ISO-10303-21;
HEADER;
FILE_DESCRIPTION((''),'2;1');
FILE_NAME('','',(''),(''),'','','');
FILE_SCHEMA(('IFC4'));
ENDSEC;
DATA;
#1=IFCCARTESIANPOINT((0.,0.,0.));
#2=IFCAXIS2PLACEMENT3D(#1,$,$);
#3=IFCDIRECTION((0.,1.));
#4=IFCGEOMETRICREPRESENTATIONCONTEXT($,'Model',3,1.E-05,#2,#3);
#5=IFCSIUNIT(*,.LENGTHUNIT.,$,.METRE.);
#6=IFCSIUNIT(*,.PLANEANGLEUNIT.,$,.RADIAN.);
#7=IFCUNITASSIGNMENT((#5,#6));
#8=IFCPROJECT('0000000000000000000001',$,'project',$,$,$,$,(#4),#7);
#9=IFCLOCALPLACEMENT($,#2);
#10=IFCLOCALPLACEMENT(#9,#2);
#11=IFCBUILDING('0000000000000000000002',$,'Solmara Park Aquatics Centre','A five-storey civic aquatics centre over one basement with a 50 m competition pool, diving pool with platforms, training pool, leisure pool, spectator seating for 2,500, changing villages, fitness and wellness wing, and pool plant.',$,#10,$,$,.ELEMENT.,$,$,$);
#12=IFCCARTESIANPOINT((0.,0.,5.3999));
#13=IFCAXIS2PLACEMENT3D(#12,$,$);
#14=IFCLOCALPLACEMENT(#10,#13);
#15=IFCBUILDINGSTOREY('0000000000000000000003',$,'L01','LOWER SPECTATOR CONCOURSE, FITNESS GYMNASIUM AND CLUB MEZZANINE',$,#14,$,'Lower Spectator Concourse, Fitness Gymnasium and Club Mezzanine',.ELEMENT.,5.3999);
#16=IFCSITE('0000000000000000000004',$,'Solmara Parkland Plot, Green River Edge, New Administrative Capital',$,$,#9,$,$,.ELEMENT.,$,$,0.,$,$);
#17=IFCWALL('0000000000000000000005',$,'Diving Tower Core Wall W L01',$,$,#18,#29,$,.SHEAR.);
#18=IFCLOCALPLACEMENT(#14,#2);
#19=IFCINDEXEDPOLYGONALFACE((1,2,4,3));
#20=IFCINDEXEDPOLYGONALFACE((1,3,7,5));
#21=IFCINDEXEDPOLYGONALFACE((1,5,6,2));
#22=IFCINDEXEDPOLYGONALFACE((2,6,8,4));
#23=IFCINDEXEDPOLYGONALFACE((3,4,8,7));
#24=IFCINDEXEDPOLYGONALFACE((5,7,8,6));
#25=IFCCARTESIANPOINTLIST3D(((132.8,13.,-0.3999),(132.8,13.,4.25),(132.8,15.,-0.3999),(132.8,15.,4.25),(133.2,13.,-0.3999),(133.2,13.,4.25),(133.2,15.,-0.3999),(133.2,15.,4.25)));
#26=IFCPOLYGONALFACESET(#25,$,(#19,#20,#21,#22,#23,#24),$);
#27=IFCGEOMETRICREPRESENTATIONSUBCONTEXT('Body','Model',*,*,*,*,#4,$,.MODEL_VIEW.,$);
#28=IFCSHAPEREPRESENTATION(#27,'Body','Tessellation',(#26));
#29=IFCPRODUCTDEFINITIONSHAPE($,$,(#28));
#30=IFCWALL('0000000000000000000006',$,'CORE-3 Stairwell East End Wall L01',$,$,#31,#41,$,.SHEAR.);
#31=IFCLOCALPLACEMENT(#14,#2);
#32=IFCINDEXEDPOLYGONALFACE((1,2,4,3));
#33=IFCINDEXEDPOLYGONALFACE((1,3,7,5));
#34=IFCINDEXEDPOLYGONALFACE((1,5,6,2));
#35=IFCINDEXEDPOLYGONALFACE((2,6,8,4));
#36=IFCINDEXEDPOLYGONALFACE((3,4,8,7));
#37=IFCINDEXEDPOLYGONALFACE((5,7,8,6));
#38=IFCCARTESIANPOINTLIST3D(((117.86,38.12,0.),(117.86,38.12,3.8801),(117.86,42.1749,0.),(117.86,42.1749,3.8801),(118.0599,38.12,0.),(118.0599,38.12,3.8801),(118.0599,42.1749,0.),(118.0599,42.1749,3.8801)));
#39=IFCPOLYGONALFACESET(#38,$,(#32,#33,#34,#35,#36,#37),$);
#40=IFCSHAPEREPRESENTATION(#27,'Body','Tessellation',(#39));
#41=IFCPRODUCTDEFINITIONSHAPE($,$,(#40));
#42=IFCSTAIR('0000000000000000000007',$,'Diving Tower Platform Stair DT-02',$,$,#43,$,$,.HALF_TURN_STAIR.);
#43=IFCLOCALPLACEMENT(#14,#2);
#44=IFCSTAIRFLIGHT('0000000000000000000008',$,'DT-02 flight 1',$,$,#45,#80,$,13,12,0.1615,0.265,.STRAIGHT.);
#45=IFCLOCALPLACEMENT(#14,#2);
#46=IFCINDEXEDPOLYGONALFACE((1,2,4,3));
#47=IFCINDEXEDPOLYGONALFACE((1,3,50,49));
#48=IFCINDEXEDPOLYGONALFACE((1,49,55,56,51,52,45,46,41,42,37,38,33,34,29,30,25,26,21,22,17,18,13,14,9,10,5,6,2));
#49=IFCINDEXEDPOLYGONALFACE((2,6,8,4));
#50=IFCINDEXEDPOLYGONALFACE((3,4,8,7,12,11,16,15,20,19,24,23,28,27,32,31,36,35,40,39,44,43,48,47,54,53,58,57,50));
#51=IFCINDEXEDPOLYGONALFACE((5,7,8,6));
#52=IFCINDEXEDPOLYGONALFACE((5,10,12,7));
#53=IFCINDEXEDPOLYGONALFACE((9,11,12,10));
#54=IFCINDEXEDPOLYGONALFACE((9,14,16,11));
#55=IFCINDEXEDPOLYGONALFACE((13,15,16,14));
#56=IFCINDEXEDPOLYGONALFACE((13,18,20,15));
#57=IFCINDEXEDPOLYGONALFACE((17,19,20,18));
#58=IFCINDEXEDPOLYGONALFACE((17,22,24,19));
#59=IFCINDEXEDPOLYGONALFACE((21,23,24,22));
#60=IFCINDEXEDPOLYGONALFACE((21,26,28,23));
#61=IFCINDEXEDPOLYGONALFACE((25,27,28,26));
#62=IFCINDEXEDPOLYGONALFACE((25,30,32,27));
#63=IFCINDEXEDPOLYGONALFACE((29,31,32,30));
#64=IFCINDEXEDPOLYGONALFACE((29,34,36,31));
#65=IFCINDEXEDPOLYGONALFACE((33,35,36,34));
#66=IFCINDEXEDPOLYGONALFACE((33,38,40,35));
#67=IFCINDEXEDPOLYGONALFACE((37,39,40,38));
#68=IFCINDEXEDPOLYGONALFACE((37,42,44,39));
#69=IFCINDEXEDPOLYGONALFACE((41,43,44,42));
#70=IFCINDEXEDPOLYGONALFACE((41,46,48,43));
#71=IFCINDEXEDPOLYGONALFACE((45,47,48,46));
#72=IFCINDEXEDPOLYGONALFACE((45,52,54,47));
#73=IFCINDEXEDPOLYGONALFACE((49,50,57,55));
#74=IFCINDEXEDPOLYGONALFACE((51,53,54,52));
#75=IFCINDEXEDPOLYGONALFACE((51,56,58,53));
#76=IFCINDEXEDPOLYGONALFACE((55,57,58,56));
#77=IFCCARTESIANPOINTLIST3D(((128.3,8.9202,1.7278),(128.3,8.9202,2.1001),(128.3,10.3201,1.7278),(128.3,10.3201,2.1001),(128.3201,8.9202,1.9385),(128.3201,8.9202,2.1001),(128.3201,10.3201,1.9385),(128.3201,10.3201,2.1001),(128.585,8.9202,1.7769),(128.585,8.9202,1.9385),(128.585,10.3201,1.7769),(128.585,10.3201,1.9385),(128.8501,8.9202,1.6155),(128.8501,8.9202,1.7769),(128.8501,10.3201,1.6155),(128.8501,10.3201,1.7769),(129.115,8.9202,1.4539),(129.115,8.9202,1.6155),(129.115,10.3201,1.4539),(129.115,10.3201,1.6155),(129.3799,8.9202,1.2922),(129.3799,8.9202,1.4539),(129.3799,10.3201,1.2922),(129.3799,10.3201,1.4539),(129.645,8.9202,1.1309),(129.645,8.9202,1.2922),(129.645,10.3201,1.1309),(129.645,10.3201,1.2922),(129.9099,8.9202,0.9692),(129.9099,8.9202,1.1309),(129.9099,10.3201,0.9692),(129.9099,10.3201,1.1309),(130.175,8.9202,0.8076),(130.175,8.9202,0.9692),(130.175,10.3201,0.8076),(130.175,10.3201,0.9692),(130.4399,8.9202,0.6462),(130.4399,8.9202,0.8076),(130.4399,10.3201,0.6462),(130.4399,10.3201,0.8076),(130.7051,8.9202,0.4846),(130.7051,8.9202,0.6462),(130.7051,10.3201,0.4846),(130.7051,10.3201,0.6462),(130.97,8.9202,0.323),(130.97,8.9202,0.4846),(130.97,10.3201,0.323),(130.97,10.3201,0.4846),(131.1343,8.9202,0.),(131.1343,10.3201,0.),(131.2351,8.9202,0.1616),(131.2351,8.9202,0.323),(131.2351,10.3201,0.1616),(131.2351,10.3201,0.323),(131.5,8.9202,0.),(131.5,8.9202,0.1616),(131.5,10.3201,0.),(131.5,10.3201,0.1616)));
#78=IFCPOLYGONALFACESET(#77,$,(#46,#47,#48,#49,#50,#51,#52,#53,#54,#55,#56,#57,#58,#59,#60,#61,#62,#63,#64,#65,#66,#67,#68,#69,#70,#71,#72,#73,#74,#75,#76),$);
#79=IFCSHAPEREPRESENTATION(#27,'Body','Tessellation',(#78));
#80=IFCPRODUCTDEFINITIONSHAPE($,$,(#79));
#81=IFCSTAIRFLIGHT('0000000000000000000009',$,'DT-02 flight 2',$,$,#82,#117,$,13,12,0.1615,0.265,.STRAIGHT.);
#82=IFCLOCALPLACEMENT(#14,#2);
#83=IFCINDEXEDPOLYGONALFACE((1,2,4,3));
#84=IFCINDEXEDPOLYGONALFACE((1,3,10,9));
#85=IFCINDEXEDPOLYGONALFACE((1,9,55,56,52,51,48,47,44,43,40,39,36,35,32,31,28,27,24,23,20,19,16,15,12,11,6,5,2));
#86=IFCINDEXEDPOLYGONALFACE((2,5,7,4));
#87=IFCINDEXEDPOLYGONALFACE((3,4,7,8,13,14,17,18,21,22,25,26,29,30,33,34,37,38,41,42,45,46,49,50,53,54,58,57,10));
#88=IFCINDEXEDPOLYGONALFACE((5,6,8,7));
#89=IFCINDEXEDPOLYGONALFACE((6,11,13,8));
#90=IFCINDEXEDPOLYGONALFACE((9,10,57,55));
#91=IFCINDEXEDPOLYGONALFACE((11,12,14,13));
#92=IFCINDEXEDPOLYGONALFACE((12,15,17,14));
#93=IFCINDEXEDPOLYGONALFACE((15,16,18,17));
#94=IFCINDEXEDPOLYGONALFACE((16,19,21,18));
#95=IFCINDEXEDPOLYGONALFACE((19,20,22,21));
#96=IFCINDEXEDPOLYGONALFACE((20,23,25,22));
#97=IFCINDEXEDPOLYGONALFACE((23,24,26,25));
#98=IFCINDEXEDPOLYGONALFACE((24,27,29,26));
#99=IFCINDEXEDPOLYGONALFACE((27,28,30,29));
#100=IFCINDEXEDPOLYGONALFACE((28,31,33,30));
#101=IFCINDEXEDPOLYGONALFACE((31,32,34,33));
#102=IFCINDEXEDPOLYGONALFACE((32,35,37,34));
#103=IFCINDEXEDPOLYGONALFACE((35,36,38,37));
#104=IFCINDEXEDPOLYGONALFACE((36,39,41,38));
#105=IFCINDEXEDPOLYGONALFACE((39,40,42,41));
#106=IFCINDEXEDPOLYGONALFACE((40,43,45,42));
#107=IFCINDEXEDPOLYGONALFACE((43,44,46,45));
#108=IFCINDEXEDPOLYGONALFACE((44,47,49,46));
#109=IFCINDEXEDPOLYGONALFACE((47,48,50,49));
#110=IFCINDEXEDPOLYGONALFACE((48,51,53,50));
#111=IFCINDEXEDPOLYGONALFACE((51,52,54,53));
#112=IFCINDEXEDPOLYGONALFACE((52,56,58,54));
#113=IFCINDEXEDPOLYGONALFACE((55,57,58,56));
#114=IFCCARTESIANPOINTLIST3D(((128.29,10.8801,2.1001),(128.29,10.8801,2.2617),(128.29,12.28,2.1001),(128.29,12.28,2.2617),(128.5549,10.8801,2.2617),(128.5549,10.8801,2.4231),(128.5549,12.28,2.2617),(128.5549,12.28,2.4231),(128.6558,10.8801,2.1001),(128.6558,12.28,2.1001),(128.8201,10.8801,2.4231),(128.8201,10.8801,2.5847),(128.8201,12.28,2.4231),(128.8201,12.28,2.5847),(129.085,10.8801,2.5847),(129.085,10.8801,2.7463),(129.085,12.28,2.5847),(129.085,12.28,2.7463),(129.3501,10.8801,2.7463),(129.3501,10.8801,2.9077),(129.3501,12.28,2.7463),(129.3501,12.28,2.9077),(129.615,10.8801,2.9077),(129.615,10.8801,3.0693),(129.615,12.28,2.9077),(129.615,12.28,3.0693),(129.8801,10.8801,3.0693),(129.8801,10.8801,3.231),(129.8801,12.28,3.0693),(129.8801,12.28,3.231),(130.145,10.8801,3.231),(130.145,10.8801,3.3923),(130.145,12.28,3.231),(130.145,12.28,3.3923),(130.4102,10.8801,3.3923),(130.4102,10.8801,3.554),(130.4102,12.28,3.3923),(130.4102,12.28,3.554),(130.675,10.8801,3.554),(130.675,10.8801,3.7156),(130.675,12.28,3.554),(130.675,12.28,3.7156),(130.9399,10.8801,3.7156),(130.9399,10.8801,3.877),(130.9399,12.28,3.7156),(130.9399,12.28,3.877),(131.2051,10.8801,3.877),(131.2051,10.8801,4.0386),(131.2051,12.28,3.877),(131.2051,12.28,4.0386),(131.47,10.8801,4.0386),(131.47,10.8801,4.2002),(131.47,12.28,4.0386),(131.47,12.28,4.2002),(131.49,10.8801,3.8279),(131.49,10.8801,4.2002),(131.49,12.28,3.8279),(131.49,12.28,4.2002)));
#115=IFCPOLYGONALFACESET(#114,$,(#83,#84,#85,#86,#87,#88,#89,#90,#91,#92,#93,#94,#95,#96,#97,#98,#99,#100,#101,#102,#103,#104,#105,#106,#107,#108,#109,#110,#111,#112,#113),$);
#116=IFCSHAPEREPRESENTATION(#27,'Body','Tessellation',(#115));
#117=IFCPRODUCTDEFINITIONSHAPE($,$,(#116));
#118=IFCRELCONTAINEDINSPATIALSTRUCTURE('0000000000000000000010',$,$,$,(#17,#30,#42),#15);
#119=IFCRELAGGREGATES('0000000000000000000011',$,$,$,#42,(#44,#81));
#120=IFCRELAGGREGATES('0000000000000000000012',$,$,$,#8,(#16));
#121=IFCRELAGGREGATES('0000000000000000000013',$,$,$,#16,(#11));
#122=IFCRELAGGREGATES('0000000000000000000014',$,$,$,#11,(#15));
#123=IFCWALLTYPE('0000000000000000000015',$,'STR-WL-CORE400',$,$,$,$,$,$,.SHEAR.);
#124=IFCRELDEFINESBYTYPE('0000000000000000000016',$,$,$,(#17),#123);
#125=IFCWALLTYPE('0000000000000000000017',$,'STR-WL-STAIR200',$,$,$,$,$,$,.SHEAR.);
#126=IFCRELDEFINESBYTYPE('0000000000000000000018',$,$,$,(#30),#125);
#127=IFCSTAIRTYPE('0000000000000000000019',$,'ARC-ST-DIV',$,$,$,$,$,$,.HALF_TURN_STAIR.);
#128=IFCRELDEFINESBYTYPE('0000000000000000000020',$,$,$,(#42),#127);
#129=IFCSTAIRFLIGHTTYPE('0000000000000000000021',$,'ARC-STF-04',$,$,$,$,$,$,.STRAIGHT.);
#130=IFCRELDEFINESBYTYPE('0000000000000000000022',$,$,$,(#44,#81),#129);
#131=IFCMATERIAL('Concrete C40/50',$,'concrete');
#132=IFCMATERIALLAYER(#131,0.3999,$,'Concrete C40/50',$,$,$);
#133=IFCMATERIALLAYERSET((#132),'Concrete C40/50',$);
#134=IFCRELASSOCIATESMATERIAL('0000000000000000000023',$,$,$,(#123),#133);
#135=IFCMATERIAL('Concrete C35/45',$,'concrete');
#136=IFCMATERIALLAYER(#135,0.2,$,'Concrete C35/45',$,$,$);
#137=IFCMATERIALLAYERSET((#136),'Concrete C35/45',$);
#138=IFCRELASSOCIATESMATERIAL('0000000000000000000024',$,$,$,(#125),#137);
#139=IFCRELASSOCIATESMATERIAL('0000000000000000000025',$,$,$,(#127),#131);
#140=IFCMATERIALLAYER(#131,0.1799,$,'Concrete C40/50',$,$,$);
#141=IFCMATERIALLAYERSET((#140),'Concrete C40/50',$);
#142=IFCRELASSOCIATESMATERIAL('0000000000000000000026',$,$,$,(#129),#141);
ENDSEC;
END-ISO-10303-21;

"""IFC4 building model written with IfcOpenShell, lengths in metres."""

from ifc_helpers import new_model, si_unit, direction, frame, frame_2d, origin, place, context, subcontext, project, spatial, polyline, rectangle, outline, extrude, material, layer, layer_set, type_object, element, aggregate, save


model = new_model("IFC4")

# Units and contexts
model_context = context("Model", 3, precision=1e-05, world=origin(), true_north=direction((0.0, 1.0)))
body_context = subcontext(model_context, "Body", "Model", "MODEL_VIEW")
ifc_project = project(units=[si_unit("LENGTHUNIT", "METRE"), si_unit("PLANEANGLEUNIT", "RADIAN")], contexts=[model_context])

# Site, building, storey
site_placement = place(None, origin())
site = spatial("IfcSite", under=ifc_project, at=site_placement, Name="Solmara Parkland Plot, Green River Edge, New Administrative Capital", CompositionType="ELEMENT", RefElevation=0.0)
building_placement = place(site_placement, origin())
building = spatial("IfcBuilding", under=site, at=building_placement, Name="Solmara Park Aquatics Centre", Description="A five-storey civic aquatics centre over one basement with a 50 m competition pool, diving pool with platforms, training pool, leisure pool, spectator seating for 2,500, changing villages, fitness and wellness wing, and pool plant.", CompositionType="ELEMENT")
storey_placement = place(building_placement, frame((0.0, 0.0, 5.3999)))
storey = spatial("IfcBuildingStorey", under=building, at=storey_placement, Name="L01", Description="LOWER SPECTATOR CONCOURSE, FITNESS GYMNASIUM AND CLUB MEZZANINE", LongName="Lower Spectator Concourse, Fitness Gymnasium and Club Mezzanine", CompositionType="ELEMENT", Elevation=5.3999)

# Shared definitions
ifc_material_1 = material(Name="Concrete C40/50", Category="concrete")

# Walls
ifc_layer_1 = layer(ifc_material_1, 0.3999, Name="Concrete C40/50")
ifc_layer_set_1 = layer_set([ifc_layer_1], Name="Concrete C40/50")
wall_type_1 = type_object("IfcWallType", Name="STR-WL-CORE400", PredefinedType="SHEAR", material=ifc_layer_set_1)
wall_1_placement = place(storey_placement, frame((133.0, 13.0, -0.3999), z_axis=(0.0, 0.0, 1.0), x_axis=(0.0, 1.0, 0.0)))
element("IfcWall", 1, at=wall_1_placement, inside=storey, type_object=wall_type_1, Name="Diving Tower Core Wall W L01", PredefinedType="SHEAR", context=body_context, shape_type="SweptSolid", body=[
    extrude(rectangle(XDim=2.0, YDim=0.3999, at=frame_2d((1.0, 0.0))), origin(), (0.0, 0.0, 1.0), 4.6499),
])
ifc_material_2 = material(Name="Concrete C35/45", Category="concrete")
ifc_layer_2 = layer(ifc_material_2, 0.2, Name="Concrete C35/45")
ifc_layer_set_2 = layer_set([ifc_layer_2], Name="Concrete C35/45")
wall_type_2 = type_object("IfcWallType", Name="STR-WL-STAIR200", PredefinedType="SHEAR", material=ifc_layer_set_2)
wall_2_placement = place(storey_placement, frame((117.96, 38.1201, 0.0), z_axis=(0.0, 0.0, 1.0), x_axis=(0.0, 1.0, 0.0)))
element("IfcWall", 2, at=wall_2_placement, inside=storey, type_object=wall_type_2, Name="CORE-3 Stairwell East End Wall L01", PredefinedType="SHEAR", context=body_context, shape_type="SweptSolid", body=[
    extrude(rectangle(XDim=4.0549, YDim=0.2, at=frame_2d((2.0273, 0.0))), origin(), (0.0, 0.0, 1.0), 3.8801),
])

# Stair, stair flights
stair_type = type_object("IfcStairType", Name="ARC-ST-DIV", PredefinedType="HALF_TURN_STAIR", material=ifc_material_1)
stair_placement = place(storey_placement, origin())
stair = element("IfcStair", 3, at=stair_placement, inside=storey, type_object=stair_type, Name="Diving Tower Platform Stair DT-02", PredefinedType="HALF_TURN_STAIR")
ifc_layer_3 = layer(ifc_material_1, 0.1799, Name="Concrete C40/50")
ifc_layer_set_3 = layer_set([ifc_layer_3], Name="Concrete C40/50")
stair_flight_type = type_object("IfcStairFlightType", Name="ARC-STF-04", PredefinedType="STRAIGHT", material=ifc_layer_set_3)
stair_flight_1_placement = place(storey_placement, frame((131.5, 9.6201, 0.0), z_axis=(0.0, 0.0, 1.0), x_axis=(-1.0, 0.0, 0.0)))
stair_flight_1 = element("IfcStairFlight", 4, at=stair_flight_1_placement, type_object=stair_flight_type, Name="DT-02 flight 1", NumberOfRisers=13, NumberOfTreads=12, PredefinedType="STRAIGHT", RiserHeight=0.1615, TreadLength=0.265, context=body_context, shape_type="SweptSolid", body=[
    extrude(outline(polyline([(0.0, 0.0), (0.0, 0.1616), (0.2649, 0.1616), (0.2649, 0.323), (0.53, 0.323), (0.53, 0.4846), (0.7949, 0.4846), (0.7949, 0.6462), (1.0601, 0.6462), (1.0601, 0.8076), (1.325, 0.8076), (1.325, 0.9692), (1.5901, 0.9692), (1.5901, 1.1309), (1.855, 1.1309), (1.855, 1.2922), (2.1201, 1.2922), (2.1201, 1.4539), (2.385, 1.4539), (2.385, 1.6155), (2.6499, 1.6155), (2.6499, 1.7769), (2.915, 1.7769), (2.915, 1.9385), (3.1799, 1.9385), (3.1799, 2.1001), (3.2, 2.1001), (3.2, 1.7278), (0.3657, 0.0), (0.0, 0.0)])), frame((0.0, 0.7, 0.0), z_axis=(0.0, -1.0, 0.0), x_axis=(1.0, 0.0, 0.0)), (0.0, 0.0, 1.0), 1.3999),
])
stair_flight_2_placement = place(storey_placement, frame((128.29, 11.5801, 2.1001), z_axis=(0.0, 0.0, 1.0), x_axis=(1.0, 0.0, 0.0)))
stair_flight_2 = element("IfcStairFlight", 5, at=stair_flight_2_placement, type_object=stair_flight_type, Name="DT-02 flight 2", NumberOfRisers=13, NumberOfTreads=12, PredefinedType="STRAIGHT", RiserHeight=0.1615, TreadLength=0.265, context=body_context, shape_type="SweptSolid", body=[
    extrude(outline(polyline([(0.0, 0.0), (0.0, 0.1616), (0.2649, 0.1616), (0.2649, 0.323), (0.53, 0.323), (0.53, 0.4846), (0.7949, 0.4846), (0.7949, 0.6462), (1.0601, 0.6462), (1.0601, 0.8076), (1.325, 0.8076), (1.325, 0.9692), (1.5901, 0.9692), (1.5901, 1.1309), (1.855, 1.1309), (1.855, 1.2922), (2.1201, 1.2922), (2.1201, 1.4539), (2.385, 1.4539), (2.385, 1.6155), (2.6499, 1.6155), (2.6499, 1.7769), (2.915, 1.7769), (2.915, 1.9385), (3.1799, 1.9385), (3.1799, 2.1001), (3.2, 2.1001), (3.2, 1.7278), (0.3657, 0.0), (0.0, 0.0)])), frame((0.0, 0.7, 0.0), z_axis=(0.0, -1.0, 0.0), x_axis=(1.0, 0.0, 0.0)), (0.0, 0.0, 1.0), 1.3999),
])
aggregate(stair, [stair_flight_1, stair_flight_2])

save(model, "model.ifc")
